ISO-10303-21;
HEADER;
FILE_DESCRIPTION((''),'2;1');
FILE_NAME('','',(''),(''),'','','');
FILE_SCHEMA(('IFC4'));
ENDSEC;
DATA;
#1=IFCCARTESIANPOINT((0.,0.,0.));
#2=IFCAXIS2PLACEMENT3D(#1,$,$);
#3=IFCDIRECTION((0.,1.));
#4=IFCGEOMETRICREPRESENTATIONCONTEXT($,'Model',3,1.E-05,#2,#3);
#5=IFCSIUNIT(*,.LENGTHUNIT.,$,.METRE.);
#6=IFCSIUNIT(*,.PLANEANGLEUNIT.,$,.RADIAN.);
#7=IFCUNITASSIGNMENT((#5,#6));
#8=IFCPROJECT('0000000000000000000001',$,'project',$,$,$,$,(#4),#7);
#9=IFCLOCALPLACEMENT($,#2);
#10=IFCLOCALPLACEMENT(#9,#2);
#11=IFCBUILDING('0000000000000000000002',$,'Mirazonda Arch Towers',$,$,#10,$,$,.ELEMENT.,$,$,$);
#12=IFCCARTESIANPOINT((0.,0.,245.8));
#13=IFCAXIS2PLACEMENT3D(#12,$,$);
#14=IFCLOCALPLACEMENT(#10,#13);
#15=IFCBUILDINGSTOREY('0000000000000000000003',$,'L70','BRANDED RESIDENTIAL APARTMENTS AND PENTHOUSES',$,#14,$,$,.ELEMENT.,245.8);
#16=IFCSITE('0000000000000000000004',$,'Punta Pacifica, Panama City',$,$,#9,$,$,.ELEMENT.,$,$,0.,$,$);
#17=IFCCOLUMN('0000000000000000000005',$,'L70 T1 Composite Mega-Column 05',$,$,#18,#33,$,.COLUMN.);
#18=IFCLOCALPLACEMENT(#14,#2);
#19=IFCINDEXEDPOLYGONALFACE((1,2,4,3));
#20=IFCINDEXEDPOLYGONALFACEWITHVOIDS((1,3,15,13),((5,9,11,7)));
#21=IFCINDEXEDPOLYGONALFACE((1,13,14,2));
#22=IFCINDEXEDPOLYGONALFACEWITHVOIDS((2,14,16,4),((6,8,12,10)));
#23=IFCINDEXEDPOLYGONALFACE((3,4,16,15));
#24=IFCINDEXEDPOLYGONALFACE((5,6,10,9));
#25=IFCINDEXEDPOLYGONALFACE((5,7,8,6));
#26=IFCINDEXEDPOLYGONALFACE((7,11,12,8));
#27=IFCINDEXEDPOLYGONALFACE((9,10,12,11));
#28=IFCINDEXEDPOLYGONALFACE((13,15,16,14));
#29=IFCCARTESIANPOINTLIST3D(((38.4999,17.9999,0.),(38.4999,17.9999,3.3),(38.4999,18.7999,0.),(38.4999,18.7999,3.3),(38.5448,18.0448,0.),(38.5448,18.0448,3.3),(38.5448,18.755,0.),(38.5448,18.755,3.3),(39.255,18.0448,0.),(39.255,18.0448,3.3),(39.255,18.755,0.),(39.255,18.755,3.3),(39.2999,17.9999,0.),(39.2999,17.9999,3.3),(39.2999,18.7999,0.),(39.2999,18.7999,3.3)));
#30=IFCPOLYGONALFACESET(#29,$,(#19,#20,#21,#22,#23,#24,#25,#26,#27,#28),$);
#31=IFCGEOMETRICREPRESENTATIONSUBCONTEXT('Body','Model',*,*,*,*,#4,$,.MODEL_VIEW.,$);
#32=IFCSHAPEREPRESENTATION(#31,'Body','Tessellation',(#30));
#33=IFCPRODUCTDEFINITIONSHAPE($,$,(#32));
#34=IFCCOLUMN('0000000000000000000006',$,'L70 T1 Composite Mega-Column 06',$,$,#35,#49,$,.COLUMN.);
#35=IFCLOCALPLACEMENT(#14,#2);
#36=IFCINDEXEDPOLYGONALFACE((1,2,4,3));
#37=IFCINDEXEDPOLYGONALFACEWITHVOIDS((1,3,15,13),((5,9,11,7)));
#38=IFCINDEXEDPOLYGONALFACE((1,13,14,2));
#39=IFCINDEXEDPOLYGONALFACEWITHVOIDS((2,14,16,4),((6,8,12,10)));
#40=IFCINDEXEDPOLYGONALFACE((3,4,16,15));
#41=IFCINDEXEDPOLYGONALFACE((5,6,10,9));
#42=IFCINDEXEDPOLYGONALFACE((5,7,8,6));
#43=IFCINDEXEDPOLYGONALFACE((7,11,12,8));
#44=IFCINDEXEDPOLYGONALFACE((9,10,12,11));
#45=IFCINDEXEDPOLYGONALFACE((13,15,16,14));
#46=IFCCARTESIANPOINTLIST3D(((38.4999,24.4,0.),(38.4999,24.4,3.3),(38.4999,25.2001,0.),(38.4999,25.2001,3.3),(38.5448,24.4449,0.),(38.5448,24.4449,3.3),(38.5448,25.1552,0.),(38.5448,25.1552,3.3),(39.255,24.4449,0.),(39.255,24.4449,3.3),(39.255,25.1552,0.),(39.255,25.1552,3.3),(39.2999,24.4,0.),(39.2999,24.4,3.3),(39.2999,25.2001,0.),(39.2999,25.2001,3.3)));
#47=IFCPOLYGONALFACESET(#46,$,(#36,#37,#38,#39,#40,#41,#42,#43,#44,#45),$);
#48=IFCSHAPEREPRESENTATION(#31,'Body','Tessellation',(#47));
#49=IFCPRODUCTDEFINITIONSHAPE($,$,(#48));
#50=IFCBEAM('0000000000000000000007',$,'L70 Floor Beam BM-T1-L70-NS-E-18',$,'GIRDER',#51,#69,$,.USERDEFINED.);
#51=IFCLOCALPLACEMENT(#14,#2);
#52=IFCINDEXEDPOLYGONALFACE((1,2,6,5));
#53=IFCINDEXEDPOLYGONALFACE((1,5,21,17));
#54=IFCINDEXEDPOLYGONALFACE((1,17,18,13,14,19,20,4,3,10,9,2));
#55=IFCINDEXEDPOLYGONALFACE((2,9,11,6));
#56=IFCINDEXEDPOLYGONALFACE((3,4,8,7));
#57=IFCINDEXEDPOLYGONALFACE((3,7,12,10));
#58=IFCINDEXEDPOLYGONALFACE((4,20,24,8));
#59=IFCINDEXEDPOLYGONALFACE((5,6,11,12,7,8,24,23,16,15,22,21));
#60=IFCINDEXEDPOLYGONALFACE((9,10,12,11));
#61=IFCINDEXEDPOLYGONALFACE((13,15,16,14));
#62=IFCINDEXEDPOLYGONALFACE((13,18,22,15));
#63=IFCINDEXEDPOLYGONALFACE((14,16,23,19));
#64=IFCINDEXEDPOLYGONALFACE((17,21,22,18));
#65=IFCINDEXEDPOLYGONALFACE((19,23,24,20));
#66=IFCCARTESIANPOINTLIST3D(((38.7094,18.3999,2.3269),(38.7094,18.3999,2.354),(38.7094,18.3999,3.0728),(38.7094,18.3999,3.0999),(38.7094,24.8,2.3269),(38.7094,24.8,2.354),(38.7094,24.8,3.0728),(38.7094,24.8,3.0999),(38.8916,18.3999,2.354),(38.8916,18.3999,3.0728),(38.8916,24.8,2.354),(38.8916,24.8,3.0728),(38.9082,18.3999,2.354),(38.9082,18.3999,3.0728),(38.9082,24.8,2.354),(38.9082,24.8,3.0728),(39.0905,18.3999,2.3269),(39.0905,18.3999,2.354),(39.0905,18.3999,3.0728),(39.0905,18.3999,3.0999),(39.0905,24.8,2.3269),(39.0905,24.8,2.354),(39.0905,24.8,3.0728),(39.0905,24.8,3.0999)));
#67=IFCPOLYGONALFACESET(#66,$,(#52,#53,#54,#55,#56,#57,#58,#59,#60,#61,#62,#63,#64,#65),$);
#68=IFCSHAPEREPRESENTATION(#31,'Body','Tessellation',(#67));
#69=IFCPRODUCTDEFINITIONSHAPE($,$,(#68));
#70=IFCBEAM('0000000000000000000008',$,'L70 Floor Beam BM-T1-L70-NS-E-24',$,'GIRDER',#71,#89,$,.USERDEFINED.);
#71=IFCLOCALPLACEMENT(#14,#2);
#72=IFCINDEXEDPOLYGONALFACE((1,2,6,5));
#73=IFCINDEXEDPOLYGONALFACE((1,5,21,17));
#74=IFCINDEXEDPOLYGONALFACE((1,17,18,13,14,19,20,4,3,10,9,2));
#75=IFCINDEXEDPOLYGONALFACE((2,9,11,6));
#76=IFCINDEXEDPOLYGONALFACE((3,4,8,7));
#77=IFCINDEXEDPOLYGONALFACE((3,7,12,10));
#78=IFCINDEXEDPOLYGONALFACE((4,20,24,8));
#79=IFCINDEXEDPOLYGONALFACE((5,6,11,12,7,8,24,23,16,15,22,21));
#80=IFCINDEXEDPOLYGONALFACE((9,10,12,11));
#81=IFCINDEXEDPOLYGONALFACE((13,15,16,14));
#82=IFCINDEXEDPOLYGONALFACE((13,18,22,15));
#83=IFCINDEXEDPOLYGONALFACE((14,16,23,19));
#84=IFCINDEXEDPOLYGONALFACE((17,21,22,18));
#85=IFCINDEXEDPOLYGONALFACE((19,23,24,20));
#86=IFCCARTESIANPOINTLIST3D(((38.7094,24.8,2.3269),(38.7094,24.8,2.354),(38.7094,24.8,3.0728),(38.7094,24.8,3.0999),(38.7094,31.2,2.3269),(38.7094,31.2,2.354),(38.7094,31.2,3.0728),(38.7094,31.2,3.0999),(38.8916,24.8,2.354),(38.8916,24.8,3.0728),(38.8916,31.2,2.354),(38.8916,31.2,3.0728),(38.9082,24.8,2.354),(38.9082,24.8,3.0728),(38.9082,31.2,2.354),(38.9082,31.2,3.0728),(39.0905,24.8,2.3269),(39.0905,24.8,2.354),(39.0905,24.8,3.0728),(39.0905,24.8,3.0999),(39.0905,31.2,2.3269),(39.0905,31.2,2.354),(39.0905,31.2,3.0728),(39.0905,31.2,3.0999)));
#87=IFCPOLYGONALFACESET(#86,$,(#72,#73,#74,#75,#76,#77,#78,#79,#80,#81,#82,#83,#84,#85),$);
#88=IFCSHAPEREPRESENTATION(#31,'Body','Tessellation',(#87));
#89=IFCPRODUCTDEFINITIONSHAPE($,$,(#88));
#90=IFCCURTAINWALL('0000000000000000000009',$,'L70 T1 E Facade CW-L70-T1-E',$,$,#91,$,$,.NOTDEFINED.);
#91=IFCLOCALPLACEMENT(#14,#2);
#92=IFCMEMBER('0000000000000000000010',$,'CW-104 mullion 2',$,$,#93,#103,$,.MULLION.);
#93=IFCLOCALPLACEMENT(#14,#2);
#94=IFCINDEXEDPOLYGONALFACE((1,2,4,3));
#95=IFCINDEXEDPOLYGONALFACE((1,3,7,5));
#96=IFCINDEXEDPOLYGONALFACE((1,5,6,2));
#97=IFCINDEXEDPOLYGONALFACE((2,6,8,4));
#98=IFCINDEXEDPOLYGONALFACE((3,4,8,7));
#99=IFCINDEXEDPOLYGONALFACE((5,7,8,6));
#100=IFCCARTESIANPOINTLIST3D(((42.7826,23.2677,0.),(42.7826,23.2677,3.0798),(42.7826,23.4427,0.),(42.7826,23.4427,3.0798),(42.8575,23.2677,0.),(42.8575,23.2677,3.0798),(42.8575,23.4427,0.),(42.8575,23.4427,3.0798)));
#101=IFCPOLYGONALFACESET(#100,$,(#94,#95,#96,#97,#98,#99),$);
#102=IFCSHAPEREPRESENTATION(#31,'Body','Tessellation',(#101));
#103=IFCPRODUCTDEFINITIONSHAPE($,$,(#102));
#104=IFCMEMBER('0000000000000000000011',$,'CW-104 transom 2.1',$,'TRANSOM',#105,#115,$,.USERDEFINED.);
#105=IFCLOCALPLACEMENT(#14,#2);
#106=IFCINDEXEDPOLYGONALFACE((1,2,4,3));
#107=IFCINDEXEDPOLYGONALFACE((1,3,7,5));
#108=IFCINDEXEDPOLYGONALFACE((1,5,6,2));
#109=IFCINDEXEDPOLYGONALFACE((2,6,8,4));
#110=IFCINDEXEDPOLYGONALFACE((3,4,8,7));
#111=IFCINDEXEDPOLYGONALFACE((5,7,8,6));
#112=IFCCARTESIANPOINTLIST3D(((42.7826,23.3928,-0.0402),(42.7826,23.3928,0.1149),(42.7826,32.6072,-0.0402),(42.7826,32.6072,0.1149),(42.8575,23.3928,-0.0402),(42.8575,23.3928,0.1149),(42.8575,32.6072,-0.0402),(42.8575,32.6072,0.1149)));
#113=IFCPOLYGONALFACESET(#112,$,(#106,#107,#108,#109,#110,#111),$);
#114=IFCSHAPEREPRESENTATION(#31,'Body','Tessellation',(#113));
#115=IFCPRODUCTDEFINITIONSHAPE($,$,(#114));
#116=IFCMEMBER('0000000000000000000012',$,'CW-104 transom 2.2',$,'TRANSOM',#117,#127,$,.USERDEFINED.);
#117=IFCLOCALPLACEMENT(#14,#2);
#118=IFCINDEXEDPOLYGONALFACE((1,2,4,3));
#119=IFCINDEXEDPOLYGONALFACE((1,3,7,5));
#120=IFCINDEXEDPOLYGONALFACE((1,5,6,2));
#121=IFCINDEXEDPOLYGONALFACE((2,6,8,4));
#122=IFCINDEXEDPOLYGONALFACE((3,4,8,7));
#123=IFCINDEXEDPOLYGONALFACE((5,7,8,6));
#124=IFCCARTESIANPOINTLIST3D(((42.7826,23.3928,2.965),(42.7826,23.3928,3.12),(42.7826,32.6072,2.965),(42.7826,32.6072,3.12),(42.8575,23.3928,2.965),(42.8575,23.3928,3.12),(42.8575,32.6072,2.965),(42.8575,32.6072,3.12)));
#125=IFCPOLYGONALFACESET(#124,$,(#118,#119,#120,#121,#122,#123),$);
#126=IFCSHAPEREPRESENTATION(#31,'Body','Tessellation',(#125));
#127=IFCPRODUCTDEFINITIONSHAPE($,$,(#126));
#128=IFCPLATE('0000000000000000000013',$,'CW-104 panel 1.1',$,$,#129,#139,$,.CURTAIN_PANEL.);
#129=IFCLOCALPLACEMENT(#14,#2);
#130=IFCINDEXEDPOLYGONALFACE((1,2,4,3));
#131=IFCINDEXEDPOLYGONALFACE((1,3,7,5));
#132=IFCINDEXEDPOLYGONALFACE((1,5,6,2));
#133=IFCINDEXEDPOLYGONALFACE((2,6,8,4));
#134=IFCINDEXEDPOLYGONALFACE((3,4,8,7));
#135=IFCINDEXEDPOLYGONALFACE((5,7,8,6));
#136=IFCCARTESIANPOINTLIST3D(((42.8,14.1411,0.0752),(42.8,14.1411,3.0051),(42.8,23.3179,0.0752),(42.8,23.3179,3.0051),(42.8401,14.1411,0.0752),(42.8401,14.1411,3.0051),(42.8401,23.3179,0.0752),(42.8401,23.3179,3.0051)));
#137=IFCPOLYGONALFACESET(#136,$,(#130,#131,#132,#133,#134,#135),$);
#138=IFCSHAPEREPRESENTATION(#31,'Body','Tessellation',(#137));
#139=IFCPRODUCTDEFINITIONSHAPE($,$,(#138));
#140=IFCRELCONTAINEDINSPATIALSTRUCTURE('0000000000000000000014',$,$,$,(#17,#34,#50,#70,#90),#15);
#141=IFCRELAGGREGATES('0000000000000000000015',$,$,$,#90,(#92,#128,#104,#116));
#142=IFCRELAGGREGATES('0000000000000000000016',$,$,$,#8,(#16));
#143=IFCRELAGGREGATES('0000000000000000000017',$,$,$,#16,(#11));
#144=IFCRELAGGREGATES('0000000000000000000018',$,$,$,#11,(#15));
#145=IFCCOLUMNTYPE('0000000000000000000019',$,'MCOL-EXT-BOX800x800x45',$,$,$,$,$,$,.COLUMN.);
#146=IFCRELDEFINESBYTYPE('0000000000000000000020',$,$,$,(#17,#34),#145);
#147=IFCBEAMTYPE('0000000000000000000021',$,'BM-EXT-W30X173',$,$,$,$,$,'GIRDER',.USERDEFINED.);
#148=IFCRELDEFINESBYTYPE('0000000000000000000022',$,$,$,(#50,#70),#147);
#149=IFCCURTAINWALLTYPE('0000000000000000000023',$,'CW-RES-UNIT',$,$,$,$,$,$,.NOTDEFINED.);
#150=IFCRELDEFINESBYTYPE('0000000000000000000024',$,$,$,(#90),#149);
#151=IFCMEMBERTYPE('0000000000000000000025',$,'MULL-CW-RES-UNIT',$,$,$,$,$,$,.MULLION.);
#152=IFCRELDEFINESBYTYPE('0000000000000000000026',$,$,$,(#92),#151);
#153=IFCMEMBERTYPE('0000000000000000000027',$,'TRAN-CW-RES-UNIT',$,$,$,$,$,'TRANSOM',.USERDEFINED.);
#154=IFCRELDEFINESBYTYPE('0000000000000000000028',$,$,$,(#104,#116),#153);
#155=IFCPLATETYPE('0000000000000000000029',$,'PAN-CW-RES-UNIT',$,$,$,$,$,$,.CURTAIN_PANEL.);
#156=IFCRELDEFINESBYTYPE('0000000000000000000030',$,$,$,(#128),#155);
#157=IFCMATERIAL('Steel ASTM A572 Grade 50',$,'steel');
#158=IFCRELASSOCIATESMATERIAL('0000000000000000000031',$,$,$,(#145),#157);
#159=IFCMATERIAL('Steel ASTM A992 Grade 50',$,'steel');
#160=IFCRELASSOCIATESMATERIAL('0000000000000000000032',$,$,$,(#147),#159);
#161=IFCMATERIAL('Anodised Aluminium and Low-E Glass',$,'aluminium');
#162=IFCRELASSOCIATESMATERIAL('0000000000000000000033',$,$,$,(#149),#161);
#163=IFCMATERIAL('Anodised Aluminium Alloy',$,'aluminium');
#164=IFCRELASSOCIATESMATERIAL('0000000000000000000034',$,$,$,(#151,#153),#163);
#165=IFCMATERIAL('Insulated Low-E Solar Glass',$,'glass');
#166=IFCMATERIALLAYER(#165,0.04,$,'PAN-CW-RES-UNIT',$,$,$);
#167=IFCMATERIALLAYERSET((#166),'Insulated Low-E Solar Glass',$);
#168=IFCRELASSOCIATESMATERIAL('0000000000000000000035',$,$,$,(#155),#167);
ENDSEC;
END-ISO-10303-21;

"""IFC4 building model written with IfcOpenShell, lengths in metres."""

from ifc_helpers import new_model, si_unit, direction, frame, origin, origin_2d, place, context, subcontext, project, spatial, rectangle, hollow_rectangle, i_section, extrude, material, layer, layer_set, material_profile, profile_set, type_object, element, aggregate, save


model = new_model("IFC4")

# Units and contexts
model_context = context("Model", 3, precision=1e-05, world=origin(), true_north=direction((0.0, 1.0)))
body_context = subcontext(model_context, "Body", "Model", "MODEL_VIEW")
ifc_project = project(units=[si_unit("LENGTHUNIT", "METRE"), si_unit("PLANEANGLEUNIT", "RADIAN")], contexts=[model_context])

# Site, building, storey
site_placement = place(None, origin())
site = spatial("IfcSite", under=ifc_project, at=site_placement, Name="Punta Pacifica, Panama City", CompositionType="ELEMENT", RefElevation=0.0)
building_placement = place(site_placement, origin())
building = spatial("IfcBuilding", under=site, at=building_placement, Name="Mirazonda Arch Towers", CompositionType="ELEMENT")
storey_placement = place(building_placement, frame((0.0, 0.0, 245.8)))
storey = spatial("IfcBuildingStorey", under=building, at=storey_placement, Name="L70", Description="BRANDED RESIDENTIAL APARTMENTS AND PENTHOUSES", CompositionType="ELEMENT", Elevation=245.8)

# Columns
ifc_material_1 = material(Name="Steel ASTM A572 Grade 50", Category="steel")
ifc_material_profile_1 = material_profile(ifc_material_1, hollow_rectangle(XDim=0.8, YDim=0.8, WallThickness=0.0449, at=origin_2d()), Name="BOX800x800x45")
ifc_profile_set_1 = profile_set([ifc_material_profile_1], Name="Steel ASTM A572 Grade 50")
column_type = type_object("IfcColumnType", Name="MCOL-EXT-BOX800x800x45", PredefinedType="COLUMN", material=ifc_profile_set_1)
for number, where, z_axis, x_axis, name in (
    (1, (38.8999, 18.3999, 0.0), (0.0, 0.0, 1.0), (1.0, 0.0, 0.0), "L70 T1 Composite Mega-Column 05"),
    (2, (38.8999, 24.8, 0.0), (0.0, 0.0, 1.0), (1.0, 0.0, 0.0), "L70 T1 Composite Mega-Column 06"),
):
    element("IfcColumn", number, at=place(storey_placement, frame(where, z_axis=z_axis, x_axis=x_axis)), inside=storey, type_object=column_type, Name=name, PredefinedType="COLUMN", context=body_context, shape_type="SweptSolid", body=[
        extrude(hollow_rectangle(XDim=0.8, YDim=0.8, WallThickness=0.0449, at=origin_2d()), origin(), (0.0, 0.0, 1.0), 3.3),
    ])

# Beams
ifc_material_2 = material(Name="Steel ASTM A992 Grade 50", Category="steel")
ifc_material_profile_2 = material_profile(ifc_material_2, i_section(OverallWidth=0.3811, OverallDepth=0.7729, WebThickness=0.0166, FlangeThickness=0.0271, at=origin_2d()), Name="W30X173")
ifc_profile_set_2 = profile_set([ifc_material_profile_2], Name="Steel ASTM A992 Grade 50")
beam_type = type_object("IfcBeamType", Name="BM-EXT-W30X173", ElementType="GIRDER", PredefinedType="USERDEFINED", material=ifc_profile_set_2)
beam_1_placement = place(storey_placement, frame((38.8999, 18.3999, 2.7134), z_axis=(0.0, 1.0, 0.0), x_axis=(-1.0, 0.0, 0.0)))
element("IfcBeam", 3, at=beam_1_placement, inside=storey, type_object=beam_type, Name="L70 Floor Beam BM-T1-L70-NS-E-18", ObjectType="GIRDER", PredefinedType="USERDEFINED", context=body_context, shape_type="SweptSolid", body=[
    extrude(i_section(OverallWidth=0.3811, OverallDepth=0.7729, WebThickness=0.0166, FlangeThickness=0.0271, at=origin_2d()), origin(), (0.0, 0.0, 1.0), 6.4001),
])
beam_2_placement = place(storey_placement, frame((38.8999, 24.8, 2.7134), z_axis=(0.0, 1.0, 0.0), x_axis=(-1.0, 0.0, 0.0)))
element("IfcBeam", 4, at=beam_2_placement, inside=storey, type_object=beam_type, Name="L70 Floor Beam BM-T1-L70-NS-E-24", ObjectType="GIRDER", PredefinedType="USERDEFINED", context=body_context, shape_type="SweptSolid", body=[
    extrude(i_section(OverallWidth=0.3811, OverallDepth=0.7729, WebThickness=0.0166, FlangeThickness=0.0271, at=origin_2d()), origin(), (0.0, 0.0, 1.0), 6.3999),
])

# Curtain wall, members, plate
ifc_material_3 = material(Name="Anodised Aluminium and Low-E Glass", Category="aluminium")
curtain_wall_type = type_object("IfcCurtainWallType", Name="CW-RES-UNIT", PredefinedType="NOTDEFINED", material=ifc_material_3)
curtain_wall_placement = place(storey_placement, origin())
curtain_wall = element("IfcCurtainWall", 5, at=curtain_wall_placement, inside=storey, type_object=curtain_wall_type, Name="L70 T1 E Facade CW-L70-T1-E", PredefinedType="NOTDEFINED")
ifc_material_4 = material(Name="Anodised Aluminium Alloy", Category="aluminium")
ifc_material_profile_3 = material_profile(ifc_material_4, rectangle(XDim=0.075, YDim=0.175, at=origin_2d()), Name="ALU-MULL-75x175")
ifc_profile_set_3 = profile_set([ifc_material_profile_3], Name="Anodised Aluminium Alloy")
member_type_1 = type_object("IfcMemberType", Name="MULL-CW-RES-UNIT", PredefinedType="MULLION", material=ifc_profile_set_3)
member_1_placement = place(storey_placement, frame((42.8201, 23.3552, 0.0), z_axis=(0.0, 0.0, 1.0), x_axis=(-1.0, 0.0, 0.0)))
member_1 = element("IfcMember", 6, at=member_1_placement, type_object=member_type_1, Name="CW-104 mullion 2", PredefinedType="MULLION", context=body_context, shape_type="SweptSolid", body=[
    extrude(rectangle(XDim=0.075, YDim=0.175, at=origin_2d()), origin(), (0.0, 0.0, 1.0), 3.0798),
])
ifc_material_profile_4 = material_profile(ifc_material_4, rectangle(XDim=0.075, YDim=0.155, at=origin_2d()), Name="ALU-TRAN-75x155")
ifc_profile_set_4 = profile_set([ifc_material_profile_4], Name="Anodised Aluminium Alloy")
member_type_2 = type_object("IfcMemberType", Name="TRAN-CW-RES-UNIT", ElementType="TRANSOM", PredefinedType="USERDEFINED", material=ifc_profile_set_4)
member_2_placement = place(storey_placement, frame((42.8201, 23.3928, 0.0374), z_axis=(0.0, 1.0, 0.0), x_axis=(-1.0, 0.0, 0.0)))
member_2 = element("IfcMember", 7, at=member_2_placement, type_object=member_type_2, Name="CW-104 transom 2.1", ObjectType="TRANSOM", PredefinedType="USERDEFINED", context=body_context, shape_type="SweptSolid", body=[
    extrude(rectangle(XDim=0.075, YDim=0.155, at=origin_2d()), origin(), (0.0, 0.0, 1.0), 9.2144),
])
member_3_placement = place(storey_placement, frame((42.8201, 23.3928, 3.0425), z_axis=(0.0, 1.0, 0.0), x_axis=(-1.0, 0.0, 0.0)))
member_3 = element("IfcMember", 8, at=member_3_placement, type_object=member_type_2, Name="CW-104 transom 2.2", ObjectType="TRANSOM", PredefinedType="USERDEFINED", context=body_context, shape_type="SweptSolid", body=[
    extrude(rectangle(XDim=0.075, YDim=0.155, at=origin_2d()), origin(), (0.0, 0.0, 1.0), 9.2144),
])
ifc_material_5 = material(Name="Insulated Low-E Solar Glass", Category="glass")
ifc_layer_1 = layer(ifc_material_5, 0.04, Name="PAN-CW-RES-UNIT")
ifc_layer_set_1 = layer_set([ifc_layer_1], Name="Insulated Low-E Solar Glass")
plate_type = type_object("IfcPlateType", Name="PAN-CW-RES-UNIT", PredefinedType="CURTAIN_PANEL", material=ifc_layer_set_1)
plate_placement = place(storey_placement, frame((42.8201, 18.7295, 0.0752), z_axis=(0.0, 0.0, 1.0), x_axis=(0.0, 1.0, 0.0)))
plate = element("IfcPlate", 9, at=plate_placement, type_object=plate_type, Name="CW-104 panel 1.1", PredefinedType="CURTAIN_PANEL", context=body_context, shape_type="SweptSolid", body=[
    extrude(rectangle(XDim=9.1768, YDim=0.04, at=origin_2d()), origin(), (0.0, 0.0, 1.0), 2.9299),
])
aggregate(curtain_wall, [member_1, plate, member_2, member_3])

save(model, "model.ifc")
